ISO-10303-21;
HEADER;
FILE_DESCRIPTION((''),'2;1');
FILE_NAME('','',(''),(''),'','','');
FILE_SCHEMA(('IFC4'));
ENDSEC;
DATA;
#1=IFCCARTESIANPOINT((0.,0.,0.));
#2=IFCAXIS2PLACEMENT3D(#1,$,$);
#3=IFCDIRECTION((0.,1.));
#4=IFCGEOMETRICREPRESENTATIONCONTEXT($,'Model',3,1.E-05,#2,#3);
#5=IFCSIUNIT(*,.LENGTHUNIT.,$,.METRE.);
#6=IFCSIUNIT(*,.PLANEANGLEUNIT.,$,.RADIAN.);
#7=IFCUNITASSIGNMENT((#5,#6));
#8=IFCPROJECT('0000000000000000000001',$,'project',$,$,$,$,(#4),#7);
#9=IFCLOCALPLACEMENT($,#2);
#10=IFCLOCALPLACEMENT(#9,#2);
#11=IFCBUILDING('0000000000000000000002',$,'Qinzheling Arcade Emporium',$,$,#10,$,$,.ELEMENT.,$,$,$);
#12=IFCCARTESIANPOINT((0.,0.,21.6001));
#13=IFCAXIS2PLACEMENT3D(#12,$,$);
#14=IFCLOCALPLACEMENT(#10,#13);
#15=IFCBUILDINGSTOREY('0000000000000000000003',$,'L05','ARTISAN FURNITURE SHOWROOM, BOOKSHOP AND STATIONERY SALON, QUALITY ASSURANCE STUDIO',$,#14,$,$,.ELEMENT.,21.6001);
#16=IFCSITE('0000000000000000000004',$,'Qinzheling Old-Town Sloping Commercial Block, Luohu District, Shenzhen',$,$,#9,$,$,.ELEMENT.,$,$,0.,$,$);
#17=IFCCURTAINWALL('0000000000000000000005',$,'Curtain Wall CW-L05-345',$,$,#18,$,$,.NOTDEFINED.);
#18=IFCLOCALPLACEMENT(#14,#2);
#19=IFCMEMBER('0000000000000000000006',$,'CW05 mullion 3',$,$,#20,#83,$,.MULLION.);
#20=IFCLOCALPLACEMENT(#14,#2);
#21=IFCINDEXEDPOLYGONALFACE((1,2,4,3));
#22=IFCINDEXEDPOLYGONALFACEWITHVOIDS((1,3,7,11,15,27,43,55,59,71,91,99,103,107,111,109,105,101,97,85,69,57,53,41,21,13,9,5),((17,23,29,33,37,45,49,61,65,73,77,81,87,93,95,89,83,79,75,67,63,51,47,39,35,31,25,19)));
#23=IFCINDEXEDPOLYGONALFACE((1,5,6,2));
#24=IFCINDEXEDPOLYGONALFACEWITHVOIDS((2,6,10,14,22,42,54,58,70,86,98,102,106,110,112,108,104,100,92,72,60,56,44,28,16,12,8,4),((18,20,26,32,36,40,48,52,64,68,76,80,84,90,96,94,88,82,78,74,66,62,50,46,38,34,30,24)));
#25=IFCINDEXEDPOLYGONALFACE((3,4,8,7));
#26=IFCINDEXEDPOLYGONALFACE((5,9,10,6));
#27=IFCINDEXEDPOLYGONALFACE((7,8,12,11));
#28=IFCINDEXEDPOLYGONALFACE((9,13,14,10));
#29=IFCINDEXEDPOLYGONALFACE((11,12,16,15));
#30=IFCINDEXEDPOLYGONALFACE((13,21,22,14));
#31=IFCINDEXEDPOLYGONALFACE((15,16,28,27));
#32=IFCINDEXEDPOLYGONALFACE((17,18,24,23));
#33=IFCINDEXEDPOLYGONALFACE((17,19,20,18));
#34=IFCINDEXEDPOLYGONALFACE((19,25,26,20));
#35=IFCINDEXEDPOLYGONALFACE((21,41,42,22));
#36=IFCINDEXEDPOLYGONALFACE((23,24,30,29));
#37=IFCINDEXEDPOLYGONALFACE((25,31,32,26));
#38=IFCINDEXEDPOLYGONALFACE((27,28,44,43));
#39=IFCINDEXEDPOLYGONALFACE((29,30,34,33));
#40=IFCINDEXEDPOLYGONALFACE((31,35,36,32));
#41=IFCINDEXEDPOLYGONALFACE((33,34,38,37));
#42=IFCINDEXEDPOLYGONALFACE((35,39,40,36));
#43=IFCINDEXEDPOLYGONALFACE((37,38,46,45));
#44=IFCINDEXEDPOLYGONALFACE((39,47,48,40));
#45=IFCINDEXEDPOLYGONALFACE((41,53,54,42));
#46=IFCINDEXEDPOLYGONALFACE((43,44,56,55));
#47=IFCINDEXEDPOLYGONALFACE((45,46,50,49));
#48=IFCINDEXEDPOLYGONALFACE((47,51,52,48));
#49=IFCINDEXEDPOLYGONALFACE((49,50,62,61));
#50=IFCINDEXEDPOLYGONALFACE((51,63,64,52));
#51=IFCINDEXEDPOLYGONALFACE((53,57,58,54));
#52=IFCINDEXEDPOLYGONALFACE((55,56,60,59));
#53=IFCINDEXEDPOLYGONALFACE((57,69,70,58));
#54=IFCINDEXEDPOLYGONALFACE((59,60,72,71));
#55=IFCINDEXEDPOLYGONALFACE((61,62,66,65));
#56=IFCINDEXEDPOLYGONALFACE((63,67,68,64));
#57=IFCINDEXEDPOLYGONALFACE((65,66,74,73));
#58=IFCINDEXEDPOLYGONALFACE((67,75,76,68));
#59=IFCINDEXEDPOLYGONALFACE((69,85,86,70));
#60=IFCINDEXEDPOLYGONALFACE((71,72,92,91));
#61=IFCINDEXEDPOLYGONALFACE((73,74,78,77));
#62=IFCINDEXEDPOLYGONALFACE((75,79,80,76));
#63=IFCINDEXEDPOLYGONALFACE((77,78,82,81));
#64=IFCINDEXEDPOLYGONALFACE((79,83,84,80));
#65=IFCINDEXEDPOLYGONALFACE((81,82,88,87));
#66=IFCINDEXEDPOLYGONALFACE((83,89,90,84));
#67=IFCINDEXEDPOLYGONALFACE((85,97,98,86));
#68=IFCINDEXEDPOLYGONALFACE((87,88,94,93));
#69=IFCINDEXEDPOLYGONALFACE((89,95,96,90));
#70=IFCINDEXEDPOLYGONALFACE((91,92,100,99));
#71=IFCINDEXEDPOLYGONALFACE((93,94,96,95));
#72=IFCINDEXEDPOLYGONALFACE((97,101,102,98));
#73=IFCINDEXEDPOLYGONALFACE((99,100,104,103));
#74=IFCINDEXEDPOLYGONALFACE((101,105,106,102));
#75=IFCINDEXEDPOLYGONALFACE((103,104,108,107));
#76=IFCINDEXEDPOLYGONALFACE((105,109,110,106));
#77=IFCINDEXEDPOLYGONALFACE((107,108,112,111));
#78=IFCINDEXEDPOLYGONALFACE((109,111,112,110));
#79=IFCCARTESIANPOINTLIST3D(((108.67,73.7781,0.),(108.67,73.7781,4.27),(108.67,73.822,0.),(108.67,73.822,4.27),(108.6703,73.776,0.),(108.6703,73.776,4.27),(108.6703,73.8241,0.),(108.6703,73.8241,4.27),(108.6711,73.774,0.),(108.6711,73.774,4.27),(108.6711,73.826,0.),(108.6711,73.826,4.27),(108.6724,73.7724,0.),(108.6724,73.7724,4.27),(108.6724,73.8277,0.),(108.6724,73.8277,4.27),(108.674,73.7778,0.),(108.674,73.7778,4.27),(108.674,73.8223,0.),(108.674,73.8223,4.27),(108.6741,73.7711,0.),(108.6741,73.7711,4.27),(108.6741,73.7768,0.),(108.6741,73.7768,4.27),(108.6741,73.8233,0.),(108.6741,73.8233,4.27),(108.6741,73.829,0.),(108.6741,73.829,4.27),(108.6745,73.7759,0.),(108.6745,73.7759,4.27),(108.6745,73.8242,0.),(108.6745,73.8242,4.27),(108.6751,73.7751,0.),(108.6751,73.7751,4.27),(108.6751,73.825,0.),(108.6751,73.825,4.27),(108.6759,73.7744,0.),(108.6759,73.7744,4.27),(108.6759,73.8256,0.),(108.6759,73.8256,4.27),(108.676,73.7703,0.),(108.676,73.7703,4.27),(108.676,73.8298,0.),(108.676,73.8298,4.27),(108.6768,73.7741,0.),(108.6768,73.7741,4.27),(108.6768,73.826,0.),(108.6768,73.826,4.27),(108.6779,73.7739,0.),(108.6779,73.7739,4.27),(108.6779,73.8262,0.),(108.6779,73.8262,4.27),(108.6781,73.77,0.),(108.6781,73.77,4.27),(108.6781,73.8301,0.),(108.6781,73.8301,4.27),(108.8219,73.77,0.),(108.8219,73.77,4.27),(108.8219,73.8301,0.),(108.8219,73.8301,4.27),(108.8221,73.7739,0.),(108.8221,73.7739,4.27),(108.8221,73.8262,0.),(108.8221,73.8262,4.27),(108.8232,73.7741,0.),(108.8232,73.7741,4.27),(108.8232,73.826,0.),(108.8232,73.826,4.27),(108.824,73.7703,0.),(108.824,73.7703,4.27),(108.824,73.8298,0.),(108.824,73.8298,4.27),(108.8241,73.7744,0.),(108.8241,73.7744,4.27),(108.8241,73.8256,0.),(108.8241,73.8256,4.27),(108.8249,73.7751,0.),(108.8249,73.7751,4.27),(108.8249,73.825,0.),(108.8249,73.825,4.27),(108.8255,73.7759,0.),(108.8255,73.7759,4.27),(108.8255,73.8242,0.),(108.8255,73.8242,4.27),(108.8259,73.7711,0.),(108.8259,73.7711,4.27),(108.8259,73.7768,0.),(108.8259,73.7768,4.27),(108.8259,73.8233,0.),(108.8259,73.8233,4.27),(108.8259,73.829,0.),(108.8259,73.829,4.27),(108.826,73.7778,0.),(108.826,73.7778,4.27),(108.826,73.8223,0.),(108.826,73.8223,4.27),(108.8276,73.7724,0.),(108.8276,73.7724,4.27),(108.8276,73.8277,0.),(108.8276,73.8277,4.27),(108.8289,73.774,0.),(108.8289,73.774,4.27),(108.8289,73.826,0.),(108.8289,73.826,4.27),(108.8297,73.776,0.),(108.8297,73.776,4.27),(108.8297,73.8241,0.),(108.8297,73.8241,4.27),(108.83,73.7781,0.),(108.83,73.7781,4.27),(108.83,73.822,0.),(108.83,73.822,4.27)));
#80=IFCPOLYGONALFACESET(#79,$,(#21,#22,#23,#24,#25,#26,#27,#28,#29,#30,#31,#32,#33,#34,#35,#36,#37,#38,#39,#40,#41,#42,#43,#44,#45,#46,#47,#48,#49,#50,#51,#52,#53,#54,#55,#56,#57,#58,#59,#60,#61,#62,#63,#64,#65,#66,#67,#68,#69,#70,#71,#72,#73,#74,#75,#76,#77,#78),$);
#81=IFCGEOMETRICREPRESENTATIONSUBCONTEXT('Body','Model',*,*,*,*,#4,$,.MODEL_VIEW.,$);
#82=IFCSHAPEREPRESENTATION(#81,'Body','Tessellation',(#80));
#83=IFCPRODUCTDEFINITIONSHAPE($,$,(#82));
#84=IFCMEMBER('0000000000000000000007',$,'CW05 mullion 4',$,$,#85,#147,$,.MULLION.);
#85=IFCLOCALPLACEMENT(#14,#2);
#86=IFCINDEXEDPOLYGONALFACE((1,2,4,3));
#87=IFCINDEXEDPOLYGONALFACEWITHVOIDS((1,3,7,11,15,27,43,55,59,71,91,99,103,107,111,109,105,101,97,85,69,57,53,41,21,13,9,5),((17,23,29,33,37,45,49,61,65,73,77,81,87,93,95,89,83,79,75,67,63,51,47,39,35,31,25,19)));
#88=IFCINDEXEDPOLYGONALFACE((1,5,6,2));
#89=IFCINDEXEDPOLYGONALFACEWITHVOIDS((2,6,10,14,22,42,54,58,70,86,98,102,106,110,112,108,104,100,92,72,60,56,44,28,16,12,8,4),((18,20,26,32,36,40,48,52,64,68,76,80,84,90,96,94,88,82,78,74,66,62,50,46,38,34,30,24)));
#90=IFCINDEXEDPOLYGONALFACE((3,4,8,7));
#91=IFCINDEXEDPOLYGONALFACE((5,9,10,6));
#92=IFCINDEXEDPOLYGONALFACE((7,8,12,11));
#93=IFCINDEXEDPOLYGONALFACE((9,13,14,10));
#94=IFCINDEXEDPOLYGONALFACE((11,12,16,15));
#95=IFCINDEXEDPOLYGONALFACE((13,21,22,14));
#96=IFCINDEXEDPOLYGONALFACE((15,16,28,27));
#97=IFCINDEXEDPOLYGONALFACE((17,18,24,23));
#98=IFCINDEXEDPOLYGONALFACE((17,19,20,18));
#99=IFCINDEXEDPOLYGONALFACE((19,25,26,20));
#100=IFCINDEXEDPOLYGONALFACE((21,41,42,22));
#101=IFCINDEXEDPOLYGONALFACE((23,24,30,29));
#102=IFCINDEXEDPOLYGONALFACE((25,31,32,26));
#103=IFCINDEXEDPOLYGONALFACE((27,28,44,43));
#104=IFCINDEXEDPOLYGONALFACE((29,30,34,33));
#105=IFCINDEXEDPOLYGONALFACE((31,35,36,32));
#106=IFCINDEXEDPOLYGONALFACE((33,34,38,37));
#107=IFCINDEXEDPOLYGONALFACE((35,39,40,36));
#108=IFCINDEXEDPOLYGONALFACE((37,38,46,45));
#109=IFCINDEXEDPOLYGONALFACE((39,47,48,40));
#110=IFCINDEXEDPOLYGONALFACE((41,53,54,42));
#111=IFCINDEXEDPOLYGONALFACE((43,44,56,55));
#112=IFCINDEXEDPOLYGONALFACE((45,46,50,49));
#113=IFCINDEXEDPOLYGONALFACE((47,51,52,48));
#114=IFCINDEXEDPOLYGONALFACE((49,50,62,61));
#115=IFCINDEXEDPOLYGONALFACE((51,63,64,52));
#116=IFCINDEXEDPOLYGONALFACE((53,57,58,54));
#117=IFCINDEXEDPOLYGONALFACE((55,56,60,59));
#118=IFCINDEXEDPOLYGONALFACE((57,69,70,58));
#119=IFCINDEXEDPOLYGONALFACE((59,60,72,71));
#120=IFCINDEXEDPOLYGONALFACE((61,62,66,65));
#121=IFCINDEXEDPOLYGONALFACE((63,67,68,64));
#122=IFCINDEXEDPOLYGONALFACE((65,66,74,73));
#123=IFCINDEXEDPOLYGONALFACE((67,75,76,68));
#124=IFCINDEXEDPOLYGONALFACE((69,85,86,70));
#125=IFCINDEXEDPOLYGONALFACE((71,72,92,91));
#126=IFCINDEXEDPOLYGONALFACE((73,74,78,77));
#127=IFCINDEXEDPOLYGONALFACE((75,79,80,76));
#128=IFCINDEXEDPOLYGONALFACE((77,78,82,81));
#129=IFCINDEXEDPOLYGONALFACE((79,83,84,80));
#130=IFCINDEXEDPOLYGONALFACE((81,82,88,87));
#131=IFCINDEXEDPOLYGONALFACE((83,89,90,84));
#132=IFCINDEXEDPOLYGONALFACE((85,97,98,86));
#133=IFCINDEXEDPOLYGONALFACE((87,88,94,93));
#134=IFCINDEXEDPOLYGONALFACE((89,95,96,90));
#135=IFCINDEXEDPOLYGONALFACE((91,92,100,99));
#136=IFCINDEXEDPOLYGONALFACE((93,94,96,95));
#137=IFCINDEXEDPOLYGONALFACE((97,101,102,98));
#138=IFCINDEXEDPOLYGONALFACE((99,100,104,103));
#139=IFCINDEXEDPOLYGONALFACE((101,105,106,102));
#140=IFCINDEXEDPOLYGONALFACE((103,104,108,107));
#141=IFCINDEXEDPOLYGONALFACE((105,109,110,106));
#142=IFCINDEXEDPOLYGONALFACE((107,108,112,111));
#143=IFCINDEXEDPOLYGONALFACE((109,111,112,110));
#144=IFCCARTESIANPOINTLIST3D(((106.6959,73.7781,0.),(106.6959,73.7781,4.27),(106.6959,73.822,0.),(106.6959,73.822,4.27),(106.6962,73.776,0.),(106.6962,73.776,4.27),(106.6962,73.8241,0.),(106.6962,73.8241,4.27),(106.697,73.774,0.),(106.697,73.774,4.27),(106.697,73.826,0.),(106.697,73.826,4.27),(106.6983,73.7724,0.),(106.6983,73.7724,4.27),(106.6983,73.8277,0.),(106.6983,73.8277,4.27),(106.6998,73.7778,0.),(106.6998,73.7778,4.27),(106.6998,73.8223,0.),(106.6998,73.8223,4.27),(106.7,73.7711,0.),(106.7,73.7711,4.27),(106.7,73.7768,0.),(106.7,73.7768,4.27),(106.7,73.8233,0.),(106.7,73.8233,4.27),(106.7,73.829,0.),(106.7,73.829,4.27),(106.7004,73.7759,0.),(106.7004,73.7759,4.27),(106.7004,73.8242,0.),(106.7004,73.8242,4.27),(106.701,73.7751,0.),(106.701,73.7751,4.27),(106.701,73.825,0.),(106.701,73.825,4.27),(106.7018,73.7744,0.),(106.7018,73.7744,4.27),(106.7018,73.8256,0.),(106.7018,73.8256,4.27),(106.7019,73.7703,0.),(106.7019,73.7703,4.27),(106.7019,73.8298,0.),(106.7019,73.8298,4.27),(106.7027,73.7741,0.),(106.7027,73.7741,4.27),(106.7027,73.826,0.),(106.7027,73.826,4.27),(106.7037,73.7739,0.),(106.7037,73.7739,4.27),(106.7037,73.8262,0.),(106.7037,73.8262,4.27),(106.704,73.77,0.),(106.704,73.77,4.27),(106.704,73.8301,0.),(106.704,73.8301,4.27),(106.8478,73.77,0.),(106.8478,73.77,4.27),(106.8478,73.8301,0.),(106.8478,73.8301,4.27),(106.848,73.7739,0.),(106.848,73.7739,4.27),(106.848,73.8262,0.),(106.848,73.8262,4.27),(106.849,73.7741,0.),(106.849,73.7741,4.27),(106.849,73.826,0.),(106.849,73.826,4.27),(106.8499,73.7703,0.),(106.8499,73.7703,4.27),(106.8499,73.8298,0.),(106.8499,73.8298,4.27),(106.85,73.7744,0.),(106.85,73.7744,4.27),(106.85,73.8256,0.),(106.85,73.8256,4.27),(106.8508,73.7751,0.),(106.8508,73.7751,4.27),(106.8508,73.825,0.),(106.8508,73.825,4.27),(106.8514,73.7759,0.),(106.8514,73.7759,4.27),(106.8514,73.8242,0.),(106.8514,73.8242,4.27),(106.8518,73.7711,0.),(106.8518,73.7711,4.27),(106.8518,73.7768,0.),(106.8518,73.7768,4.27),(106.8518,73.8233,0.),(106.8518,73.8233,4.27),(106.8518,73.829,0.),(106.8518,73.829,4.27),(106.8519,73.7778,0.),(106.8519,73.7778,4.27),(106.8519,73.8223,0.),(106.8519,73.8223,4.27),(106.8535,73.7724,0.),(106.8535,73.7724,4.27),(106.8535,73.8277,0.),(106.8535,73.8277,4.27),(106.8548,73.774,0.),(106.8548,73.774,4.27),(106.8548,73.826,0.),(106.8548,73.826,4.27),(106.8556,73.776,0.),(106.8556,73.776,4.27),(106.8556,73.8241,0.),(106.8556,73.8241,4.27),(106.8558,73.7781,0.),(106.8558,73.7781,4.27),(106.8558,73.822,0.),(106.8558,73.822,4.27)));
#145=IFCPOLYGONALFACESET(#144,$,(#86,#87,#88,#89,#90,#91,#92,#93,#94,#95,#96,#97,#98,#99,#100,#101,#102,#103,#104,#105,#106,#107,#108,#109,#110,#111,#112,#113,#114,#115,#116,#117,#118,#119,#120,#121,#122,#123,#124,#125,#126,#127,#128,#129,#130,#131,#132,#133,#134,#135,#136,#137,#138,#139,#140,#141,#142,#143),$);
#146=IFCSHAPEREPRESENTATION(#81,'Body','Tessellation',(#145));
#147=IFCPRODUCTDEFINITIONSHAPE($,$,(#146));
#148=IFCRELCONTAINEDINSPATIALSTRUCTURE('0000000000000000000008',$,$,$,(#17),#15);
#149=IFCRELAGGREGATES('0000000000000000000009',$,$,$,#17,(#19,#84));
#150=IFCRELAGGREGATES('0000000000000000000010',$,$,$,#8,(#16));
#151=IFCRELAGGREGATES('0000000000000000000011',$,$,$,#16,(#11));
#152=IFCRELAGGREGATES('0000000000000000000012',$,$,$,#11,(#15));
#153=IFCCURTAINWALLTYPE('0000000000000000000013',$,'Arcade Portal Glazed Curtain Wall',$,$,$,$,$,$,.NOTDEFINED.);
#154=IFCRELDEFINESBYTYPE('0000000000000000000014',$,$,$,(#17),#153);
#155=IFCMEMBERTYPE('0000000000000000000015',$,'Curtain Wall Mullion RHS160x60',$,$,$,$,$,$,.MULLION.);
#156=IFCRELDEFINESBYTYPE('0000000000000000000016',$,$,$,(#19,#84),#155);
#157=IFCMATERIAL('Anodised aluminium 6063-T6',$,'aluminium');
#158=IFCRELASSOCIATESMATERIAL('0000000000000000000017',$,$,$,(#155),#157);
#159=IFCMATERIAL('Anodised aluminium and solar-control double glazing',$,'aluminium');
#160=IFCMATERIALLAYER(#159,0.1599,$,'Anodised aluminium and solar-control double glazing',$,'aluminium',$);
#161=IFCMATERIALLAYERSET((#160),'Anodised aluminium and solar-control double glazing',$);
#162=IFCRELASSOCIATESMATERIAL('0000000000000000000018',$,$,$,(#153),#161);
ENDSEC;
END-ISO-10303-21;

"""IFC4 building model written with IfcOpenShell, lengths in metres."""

from ifc_helpers import new_model, si_unit, direction, frame, origin, origin_2d, place, context, subcontext, project, spatial, hollow_rectangle, extrude, material, layer, layer_set, material_profile, profile_set, type_object, element, aggregate, save


model = new_model("IFC4")

# Units and contexts
model_context = context("Model", 3, precision=1e-05, world=origin(), true_north=direction((0.0, 1.0)))
body_context = subcontext(model_context, "Body", "Model", "MODEL_VIEW")
ifc_project = project(units=[si_unit("LENGTHUNIT", "METRE"), si_unit("PLANEANGLEUNIT", "RADIAN")], contexts=[model_context])

# Site, building, storey
site_placement = place(None, origin())
site = spatial("IfcSite", under=ifc_project, at=site_placement, Name="Qinzheling Old-Town Sloping Commercial Block, Luohu District, Shenzhen", CompositionType="ELEMENT", RefElevation=0.0)
building_placement = place(site_placement, origin())
building = spatial("IfcBuilding", under=site, at=building_placement, Name="Qinzheling Arcade Emporium", CompositionType="ELEMENT")
storey_placement = place(building_placement, frame((0.0, 0.0, 21.6001)))
storey = spatial("IfcBuildingStorey", under=building, at=storey_placement, Name="L05", Description="ARTISAN FURNITURE SHOWROOM, BOOKSHOP AND STATIONERY SALON, QUALITY ASSURANCE STUDIO", CompositionType="ELEMENT", Elevation=21.6001)

# Shared definitions
ifc_material_1 = material(Name="Anodised aluminium and solar-control double glazing", Category="aluminium")
ifc_material_2 = material(Name="Anodised aluminium 6063-T6", Category="aluminium")
ifc_material_profile_1 = material_profile(ifc_material_2, hollow_rectangle(XDim=0.0601, YDim=0.1599, WallThickness=0.0039, InnerFilletRadius=0.0039, OuterFilletRadius=0.0081, at=origin_2d()), Name="RHS 160x60x4", Category="aluminium")
ifc_profile_set_1 = profile_set([ifc_material_profile_1], Name="Anodised aluminium 6063-T6")
member_type_1 = type_object("IfcMemberType", Name="Curtain Wall Mullion RHS160x60", PredefinedType="MULLION", material=ifc_profile_set_1)

# Curtain wall, members
ifc_layer_1 = layer(ifc_material_1, 0.1599, Name="Anodised aluminium and solar-control double glazing", Category="aluminium")
ifc_layer_set_1 = layer_set([ifc_layer_1], Name="Anodised aluminium and solar-control double glazing")
curtain_wall_type_1 = type_object("IfcCurtainWallType", Name="Arcade Portal Glazed Curtain Wall", PredefinedType="NOTDEFINED", material=ifc_layer_set_1)
curtain_wall_1_placement = place(storey_placement, origin())
curtain_wall_1 = element("IfcCurtainWall", 1, at=curtain_wall_1_placement, inside=storey, type_object=curtain_wall_type_1, Name="Curtain Wall CW-L05-345", PredefinedType="NOTDEFINED")
member_1_placement = place(storey_placement, frame((108.75, 73.8, 0.0), z_axis=(0.0, 0.0, 1.0), x_axis=(0.0, -1.0, 0.0)))
member_1 = element("IfcMember", 2, at=member_1_placement, type_object=member_type_1, Name="CW05 mullion 3", PredefinedType="MULLION", context=body_context, shape_type="SweptSolid", body=[
    extrude(hollow_rectangle(XDim=0.0601, YDim=0.1599, WallThickness=0.0039, InnerFilletRadius=0.0039, OuterFilletRadius=0.0081, at=origin_2d()), origin(), (0.0, 0.0, 1.0), 4.27),
])
member_2_placement = place(storey_placement, frame((106.7759, 73.8, 0.0), z_axis=(0.0, 0.0, 1.0), x_axis=(0.0, -1.0, 0.0)))
member_2 = element("IfcMember", 3, at=member_2_placement, type_object=member_type_1, Name="CW05 mullion 4", PredefinedType="MULLION", context=body_context, shape_type="SweptSolid", body=[
    extrude(hollow_rectangle(XDim=0.0601, YDim=0.1599, WallThickness=0.0039, InnerFilletRadius=0.0039, OuterFilletRadius=0.0081, at=origin_2d()), origin(), (0.0, 0.0, 1.0), 4.27),
])

aggregate(curtain_wall_1, [member_1, member_2])

save(model, "model.ifc")
